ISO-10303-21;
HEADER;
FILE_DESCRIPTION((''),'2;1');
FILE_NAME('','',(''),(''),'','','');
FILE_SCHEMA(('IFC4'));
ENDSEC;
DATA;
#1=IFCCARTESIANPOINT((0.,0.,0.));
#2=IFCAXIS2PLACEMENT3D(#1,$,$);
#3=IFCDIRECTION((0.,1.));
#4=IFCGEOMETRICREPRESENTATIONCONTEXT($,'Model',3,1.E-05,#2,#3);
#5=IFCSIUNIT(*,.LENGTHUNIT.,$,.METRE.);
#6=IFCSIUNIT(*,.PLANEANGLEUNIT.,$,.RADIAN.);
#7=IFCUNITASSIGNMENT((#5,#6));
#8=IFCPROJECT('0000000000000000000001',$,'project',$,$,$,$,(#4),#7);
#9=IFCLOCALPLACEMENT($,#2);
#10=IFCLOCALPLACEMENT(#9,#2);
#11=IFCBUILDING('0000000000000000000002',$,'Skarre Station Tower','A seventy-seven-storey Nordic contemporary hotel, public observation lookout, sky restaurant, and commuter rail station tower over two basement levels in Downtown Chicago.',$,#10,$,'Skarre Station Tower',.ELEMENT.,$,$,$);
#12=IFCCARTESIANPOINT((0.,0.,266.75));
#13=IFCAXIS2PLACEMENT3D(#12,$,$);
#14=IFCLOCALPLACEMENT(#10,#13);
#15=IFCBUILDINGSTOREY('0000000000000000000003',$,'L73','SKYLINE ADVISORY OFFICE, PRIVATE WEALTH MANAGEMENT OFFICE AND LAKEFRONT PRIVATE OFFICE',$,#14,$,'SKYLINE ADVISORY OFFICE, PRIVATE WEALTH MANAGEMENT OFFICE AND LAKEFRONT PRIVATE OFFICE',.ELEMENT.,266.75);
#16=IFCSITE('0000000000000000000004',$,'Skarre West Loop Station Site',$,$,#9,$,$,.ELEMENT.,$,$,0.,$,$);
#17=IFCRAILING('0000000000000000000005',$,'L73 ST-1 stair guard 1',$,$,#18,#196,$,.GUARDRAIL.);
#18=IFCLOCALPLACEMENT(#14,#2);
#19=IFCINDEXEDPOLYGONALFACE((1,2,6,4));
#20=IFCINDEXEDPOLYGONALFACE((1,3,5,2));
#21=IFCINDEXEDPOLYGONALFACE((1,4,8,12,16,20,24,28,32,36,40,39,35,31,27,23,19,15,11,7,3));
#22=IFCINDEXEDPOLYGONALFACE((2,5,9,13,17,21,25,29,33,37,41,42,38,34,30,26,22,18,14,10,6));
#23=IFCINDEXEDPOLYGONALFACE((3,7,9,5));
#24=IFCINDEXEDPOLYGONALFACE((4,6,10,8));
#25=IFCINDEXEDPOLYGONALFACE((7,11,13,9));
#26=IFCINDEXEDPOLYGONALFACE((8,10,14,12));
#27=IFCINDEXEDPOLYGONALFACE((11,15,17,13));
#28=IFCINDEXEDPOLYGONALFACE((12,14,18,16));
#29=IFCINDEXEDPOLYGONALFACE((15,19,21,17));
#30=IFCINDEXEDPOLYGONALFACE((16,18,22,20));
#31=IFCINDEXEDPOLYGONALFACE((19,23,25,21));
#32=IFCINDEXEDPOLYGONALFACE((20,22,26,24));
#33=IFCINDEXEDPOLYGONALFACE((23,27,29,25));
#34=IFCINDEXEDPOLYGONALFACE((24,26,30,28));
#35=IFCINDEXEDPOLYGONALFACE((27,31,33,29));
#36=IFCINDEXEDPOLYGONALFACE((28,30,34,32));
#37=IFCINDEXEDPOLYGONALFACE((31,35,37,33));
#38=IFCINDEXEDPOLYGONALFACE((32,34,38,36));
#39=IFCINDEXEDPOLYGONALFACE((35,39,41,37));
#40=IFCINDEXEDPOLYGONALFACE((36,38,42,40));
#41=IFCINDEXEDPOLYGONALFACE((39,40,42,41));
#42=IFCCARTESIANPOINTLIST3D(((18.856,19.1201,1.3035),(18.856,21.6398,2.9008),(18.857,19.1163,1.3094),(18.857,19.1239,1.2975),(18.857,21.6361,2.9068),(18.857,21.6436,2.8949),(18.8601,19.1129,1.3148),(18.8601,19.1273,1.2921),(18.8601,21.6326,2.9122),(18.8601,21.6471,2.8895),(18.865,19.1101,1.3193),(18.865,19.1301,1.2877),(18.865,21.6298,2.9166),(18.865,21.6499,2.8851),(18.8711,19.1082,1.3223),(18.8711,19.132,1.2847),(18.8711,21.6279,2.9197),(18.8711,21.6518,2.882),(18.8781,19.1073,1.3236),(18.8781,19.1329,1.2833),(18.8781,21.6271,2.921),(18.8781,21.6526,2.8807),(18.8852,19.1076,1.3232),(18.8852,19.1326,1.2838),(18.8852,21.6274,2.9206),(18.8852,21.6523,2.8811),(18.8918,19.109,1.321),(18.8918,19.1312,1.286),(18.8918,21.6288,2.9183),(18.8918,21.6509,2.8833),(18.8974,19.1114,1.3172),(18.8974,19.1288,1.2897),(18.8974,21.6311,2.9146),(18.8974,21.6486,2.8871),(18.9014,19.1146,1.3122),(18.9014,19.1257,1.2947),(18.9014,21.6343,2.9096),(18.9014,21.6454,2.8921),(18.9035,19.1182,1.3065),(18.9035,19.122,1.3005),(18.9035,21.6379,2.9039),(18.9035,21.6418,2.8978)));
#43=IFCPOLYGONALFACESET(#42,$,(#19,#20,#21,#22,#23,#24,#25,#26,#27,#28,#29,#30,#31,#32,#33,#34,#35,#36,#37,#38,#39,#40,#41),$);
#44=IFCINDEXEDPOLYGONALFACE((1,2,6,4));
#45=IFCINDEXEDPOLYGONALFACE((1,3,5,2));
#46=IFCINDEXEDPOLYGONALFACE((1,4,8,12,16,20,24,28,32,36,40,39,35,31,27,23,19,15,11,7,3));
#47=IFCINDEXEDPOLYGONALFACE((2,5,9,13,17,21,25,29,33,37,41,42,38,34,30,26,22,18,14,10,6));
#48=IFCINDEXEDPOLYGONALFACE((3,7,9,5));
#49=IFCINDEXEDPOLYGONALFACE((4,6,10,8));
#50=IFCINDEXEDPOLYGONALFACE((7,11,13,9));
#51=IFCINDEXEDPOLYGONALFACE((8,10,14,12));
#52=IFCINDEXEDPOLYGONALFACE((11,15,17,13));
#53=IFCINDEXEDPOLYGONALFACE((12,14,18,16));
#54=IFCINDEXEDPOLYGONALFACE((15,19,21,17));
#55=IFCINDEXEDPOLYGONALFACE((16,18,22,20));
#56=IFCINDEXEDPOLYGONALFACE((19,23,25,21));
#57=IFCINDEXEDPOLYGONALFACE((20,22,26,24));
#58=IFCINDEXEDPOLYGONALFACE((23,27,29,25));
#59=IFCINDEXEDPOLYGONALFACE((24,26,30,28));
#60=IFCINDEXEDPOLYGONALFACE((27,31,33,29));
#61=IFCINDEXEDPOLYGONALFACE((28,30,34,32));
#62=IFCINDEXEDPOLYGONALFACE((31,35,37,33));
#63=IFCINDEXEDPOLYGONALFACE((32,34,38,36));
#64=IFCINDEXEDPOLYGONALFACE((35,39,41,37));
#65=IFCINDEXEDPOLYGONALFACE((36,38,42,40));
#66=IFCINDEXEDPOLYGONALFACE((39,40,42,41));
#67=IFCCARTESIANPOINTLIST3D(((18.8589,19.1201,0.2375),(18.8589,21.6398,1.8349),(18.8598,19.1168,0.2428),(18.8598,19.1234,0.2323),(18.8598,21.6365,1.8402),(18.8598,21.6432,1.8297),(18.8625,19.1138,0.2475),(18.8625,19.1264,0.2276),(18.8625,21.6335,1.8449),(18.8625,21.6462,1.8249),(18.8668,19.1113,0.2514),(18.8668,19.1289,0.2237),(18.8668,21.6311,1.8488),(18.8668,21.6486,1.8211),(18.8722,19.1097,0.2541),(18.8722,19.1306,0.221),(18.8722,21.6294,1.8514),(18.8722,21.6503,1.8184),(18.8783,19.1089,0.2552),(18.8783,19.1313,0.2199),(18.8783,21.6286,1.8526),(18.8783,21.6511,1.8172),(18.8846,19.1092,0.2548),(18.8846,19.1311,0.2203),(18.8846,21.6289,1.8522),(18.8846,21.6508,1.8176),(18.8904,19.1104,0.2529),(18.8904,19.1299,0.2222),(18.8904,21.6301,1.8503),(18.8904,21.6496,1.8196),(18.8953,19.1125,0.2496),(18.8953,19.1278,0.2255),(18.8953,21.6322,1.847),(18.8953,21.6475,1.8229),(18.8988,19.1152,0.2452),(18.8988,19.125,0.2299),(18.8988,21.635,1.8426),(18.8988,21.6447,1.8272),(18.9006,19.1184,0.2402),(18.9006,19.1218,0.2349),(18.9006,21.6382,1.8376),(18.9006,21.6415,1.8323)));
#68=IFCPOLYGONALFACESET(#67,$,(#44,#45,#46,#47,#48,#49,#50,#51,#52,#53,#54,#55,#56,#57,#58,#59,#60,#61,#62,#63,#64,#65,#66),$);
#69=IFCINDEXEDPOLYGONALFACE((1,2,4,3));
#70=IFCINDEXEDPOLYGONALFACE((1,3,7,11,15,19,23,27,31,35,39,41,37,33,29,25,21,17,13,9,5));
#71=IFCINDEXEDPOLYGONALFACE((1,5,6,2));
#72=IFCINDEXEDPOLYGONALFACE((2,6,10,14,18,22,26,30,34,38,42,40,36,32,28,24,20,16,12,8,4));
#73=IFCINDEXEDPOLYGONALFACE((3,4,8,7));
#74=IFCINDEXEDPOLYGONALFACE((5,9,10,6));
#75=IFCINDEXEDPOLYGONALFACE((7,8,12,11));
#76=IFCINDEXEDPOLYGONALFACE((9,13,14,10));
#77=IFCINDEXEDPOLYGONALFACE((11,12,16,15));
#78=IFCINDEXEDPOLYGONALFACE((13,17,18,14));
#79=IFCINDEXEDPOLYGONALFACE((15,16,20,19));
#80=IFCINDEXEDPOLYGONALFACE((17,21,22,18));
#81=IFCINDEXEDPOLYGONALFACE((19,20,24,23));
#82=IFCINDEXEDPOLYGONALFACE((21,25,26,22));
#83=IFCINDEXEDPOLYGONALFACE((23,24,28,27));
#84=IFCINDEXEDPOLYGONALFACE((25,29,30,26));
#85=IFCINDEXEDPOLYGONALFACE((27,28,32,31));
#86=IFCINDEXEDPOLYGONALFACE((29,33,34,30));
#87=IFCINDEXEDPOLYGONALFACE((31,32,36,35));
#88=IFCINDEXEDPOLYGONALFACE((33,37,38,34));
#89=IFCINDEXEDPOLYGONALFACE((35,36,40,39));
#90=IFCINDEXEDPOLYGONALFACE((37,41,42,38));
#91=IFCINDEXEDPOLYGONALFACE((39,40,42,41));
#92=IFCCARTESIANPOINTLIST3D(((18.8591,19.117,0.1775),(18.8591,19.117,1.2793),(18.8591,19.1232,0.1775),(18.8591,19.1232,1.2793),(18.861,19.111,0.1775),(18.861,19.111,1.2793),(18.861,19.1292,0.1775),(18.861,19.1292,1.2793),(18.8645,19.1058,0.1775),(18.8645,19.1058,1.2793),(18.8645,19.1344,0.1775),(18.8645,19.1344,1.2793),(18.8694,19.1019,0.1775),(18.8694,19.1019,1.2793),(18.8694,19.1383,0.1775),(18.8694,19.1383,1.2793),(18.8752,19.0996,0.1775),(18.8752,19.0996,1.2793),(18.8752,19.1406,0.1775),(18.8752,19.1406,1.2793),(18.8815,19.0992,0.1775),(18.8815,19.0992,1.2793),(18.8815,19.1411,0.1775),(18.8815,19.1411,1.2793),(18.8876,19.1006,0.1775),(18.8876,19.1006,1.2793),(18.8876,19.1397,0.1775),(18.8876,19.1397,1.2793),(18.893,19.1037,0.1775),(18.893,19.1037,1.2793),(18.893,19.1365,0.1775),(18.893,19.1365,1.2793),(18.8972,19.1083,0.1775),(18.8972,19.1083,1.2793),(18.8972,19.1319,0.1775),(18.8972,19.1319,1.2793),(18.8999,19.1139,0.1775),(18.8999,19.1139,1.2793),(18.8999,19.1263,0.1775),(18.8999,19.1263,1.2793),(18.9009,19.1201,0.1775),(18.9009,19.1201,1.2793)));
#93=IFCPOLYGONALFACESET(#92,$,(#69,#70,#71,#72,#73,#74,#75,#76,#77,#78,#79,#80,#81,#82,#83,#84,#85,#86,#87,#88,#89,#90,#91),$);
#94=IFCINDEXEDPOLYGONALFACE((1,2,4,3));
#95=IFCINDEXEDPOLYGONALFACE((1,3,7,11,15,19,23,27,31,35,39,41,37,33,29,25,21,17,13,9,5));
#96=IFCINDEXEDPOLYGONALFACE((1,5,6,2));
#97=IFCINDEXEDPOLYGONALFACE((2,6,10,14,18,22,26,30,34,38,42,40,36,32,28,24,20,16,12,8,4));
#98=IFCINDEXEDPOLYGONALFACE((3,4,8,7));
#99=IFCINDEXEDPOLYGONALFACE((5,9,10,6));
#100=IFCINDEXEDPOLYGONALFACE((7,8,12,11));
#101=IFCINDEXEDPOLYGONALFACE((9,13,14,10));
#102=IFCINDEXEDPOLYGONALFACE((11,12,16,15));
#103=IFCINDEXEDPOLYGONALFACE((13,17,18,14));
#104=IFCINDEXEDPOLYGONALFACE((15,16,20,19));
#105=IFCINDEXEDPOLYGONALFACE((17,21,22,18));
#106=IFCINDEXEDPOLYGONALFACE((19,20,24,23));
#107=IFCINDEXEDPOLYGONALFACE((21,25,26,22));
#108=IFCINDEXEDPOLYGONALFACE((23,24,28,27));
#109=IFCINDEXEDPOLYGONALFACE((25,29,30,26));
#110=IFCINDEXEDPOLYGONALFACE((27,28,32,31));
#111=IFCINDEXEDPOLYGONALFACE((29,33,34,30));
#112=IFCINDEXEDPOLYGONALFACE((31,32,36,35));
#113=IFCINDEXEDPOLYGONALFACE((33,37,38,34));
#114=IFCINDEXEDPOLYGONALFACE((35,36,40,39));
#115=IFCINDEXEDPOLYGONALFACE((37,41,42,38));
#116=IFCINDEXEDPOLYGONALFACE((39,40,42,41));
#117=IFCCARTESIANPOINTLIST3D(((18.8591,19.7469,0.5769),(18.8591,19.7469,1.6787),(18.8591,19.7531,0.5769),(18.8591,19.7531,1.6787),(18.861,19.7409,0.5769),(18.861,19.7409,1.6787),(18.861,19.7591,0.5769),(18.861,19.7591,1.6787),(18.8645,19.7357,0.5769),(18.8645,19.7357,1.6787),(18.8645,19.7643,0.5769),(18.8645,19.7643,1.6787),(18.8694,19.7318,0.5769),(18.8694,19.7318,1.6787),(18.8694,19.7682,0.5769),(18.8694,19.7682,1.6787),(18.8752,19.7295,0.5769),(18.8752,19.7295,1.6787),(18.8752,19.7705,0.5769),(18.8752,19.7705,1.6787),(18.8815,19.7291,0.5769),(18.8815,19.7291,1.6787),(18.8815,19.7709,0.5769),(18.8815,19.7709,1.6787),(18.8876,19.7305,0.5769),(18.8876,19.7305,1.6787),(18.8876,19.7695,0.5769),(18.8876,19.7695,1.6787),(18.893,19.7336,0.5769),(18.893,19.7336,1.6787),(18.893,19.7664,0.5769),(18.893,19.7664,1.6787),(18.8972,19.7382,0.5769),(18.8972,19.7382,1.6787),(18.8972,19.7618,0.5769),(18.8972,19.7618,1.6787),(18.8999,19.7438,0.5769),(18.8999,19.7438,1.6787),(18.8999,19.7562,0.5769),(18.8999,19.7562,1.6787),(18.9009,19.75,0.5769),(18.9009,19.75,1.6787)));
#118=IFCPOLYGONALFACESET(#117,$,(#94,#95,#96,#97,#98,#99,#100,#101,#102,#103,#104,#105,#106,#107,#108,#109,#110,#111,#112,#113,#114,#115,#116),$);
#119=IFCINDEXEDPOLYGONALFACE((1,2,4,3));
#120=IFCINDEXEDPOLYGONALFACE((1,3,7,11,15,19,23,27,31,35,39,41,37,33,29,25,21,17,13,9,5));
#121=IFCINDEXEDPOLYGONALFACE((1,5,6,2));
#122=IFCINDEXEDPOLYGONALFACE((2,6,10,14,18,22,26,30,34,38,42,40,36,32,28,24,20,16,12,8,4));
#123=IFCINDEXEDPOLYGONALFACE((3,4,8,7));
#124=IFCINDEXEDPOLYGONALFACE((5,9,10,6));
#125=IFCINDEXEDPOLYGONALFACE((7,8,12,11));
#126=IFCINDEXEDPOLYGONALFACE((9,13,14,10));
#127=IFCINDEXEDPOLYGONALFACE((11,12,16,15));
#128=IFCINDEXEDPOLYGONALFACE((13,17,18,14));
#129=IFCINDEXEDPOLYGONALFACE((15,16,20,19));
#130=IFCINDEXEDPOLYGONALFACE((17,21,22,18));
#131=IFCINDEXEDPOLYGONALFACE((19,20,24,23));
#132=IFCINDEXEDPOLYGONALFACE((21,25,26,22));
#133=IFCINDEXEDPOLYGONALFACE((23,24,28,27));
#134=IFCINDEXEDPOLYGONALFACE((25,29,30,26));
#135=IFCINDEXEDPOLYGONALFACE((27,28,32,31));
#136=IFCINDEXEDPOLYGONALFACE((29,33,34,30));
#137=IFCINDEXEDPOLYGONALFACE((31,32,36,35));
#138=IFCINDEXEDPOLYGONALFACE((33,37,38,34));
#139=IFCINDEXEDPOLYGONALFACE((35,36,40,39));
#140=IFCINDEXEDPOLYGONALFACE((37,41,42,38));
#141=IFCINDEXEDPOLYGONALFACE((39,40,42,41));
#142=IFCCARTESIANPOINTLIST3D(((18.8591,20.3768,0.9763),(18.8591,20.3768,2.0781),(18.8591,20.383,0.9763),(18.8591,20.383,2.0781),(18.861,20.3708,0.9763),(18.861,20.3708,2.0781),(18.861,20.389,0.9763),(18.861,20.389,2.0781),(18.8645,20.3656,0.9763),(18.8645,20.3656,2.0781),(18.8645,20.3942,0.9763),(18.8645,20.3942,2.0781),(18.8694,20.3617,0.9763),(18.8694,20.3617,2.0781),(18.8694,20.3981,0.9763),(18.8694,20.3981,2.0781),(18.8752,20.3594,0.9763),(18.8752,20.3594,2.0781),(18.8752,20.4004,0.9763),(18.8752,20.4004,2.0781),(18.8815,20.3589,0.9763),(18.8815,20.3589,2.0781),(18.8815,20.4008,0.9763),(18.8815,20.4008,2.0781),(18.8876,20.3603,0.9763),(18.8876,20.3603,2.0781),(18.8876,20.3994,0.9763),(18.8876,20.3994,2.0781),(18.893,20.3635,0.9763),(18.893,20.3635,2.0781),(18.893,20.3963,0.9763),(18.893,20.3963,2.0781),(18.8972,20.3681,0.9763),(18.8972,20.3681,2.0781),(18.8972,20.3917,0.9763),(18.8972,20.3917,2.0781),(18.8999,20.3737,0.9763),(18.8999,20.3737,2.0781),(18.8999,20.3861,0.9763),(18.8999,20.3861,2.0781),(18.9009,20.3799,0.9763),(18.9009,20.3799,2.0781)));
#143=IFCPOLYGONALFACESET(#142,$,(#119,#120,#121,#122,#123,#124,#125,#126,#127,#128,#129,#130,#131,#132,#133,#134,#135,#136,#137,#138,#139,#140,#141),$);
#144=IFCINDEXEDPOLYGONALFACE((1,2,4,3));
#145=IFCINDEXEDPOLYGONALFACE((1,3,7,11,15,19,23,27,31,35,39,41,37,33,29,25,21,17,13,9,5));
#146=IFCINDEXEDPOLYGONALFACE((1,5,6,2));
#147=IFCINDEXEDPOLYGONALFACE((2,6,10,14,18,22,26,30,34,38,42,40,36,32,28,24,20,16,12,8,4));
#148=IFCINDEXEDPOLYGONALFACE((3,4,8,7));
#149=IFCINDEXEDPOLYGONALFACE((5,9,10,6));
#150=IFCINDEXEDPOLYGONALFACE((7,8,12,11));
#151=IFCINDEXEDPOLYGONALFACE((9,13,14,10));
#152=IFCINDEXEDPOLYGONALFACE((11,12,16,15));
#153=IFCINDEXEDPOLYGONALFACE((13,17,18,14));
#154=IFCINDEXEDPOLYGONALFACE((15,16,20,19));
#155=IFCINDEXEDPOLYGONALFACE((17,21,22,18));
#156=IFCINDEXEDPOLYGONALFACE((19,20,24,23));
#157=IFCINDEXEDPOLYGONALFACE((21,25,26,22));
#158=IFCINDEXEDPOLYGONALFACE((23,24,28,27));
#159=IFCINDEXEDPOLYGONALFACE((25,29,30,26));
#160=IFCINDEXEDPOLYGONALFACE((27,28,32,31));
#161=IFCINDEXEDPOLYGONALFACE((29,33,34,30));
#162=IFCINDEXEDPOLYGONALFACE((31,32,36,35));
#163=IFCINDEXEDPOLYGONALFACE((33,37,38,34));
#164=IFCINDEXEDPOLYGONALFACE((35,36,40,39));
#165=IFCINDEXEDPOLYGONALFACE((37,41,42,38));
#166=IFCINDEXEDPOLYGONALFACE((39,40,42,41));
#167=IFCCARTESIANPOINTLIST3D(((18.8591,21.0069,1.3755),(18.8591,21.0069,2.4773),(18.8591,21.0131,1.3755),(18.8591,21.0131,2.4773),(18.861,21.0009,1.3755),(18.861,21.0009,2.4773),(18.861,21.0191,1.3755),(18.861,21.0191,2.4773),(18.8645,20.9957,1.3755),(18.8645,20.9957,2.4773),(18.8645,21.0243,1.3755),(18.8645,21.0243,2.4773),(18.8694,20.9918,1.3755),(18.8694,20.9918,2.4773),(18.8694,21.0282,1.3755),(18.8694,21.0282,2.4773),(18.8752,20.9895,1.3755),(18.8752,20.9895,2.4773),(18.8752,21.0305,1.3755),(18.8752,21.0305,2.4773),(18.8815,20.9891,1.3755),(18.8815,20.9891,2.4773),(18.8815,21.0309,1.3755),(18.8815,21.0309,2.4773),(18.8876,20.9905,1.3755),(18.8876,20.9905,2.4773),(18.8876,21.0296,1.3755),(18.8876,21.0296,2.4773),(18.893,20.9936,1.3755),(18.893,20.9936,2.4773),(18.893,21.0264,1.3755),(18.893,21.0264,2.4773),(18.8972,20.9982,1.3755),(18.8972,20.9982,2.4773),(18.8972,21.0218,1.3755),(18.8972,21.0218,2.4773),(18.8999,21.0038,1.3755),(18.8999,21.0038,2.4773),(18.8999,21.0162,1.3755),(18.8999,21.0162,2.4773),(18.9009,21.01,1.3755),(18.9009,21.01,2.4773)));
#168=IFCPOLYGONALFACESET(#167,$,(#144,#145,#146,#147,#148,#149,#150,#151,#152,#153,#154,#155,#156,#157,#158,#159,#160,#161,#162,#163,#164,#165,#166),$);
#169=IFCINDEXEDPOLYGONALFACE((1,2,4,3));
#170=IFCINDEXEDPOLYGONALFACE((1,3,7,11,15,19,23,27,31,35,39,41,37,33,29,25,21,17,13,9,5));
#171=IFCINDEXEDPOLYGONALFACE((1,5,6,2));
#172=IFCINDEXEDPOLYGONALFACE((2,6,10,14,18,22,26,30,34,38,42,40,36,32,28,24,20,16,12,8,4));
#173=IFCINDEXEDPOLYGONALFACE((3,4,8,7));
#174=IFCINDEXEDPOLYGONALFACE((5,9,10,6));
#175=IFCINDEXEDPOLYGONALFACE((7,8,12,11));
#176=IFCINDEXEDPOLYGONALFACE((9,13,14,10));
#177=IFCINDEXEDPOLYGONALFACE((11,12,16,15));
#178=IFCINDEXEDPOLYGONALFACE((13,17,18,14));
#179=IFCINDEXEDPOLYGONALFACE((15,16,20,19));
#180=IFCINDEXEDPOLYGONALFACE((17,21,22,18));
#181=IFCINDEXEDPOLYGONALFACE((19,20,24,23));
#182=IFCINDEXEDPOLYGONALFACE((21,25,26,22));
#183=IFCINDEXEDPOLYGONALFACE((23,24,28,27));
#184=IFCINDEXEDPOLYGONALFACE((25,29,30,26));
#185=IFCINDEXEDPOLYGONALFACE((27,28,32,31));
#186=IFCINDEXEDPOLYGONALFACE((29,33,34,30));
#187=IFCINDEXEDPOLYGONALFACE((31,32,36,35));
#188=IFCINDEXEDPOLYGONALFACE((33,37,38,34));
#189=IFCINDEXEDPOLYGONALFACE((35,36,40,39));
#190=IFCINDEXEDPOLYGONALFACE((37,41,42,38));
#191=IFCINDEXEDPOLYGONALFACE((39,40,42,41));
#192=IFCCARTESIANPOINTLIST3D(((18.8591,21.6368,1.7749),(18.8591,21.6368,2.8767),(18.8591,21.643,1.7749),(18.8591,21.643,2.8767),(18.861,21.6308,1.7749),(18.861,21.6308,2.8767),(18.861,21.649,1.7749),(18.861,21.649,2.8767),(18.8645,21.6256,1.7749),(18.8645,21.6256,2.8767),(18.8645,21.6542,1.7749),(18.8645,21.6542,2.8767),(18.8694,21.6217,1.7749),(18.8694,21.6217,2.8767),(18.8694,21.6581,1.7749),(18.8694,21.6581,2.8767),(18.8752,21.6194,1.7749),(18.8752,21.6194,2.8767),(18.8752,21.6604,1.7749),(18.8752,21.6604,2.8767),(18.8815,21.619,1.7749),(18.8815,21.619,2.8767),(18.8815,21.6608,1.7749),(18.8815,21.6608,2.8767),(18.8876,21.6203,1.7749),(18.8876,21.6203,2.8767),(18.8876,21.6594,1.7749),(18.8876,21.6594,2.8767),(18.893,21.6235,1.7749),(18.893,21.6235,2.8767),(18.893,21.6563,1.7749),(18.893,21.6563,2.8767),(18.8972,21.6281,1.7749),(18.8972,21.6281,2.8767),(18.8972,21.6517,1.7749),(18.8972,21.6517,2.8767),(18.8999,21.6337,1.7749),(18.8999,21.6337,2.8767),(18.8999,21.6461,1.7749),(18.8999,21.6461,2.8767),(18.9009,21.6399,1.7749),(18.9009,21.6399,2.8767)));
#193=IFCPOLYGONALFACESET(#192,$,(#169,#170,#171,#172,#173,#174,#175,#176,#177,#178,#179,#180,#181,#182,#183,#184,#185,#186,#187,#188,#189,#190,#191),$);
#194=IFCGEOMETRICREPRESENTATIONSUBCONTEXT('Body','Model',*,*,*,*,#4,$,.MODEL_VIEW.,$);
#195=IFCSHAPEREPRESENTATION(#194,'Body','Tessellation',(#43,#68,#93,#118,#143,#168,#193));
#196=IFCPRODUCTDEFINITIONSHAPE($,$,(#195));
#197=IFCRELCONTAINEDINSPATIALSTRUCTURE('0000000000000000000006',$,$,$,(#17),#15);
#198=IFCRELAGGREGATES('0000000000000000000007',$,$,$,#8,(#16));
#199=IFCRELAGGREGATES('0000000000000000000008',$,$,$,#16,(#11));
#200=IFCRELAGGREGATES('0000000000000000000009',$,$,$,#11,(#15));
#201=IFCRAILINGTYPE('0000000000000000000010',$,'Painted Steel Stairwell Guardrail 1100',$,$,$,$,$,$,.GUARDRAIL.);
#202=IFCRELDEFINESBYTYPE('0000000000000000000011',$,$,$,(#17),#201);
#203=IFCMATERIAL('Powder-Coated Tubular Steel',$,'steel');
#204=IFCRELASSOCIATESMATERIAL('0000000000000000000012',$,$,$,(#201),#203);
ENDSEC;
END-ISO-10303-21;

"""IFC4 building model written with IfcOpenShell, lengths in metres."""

from ifc_helpers import new_model, si_unit, direction, frame, origin, origin_2d, place, context, subcontext, project, spatial, circle, extrude, material, type_object, element, save


model = new_model("IFC4")

# Units and contexts
model_context = context("Model", 3, precision=1e-05, world=origin(), true_north=direction((0.0, 1.0)))
body_context = subcontext(model_context, "Body", "Model", "MODEL_VIEW")
ifc_project = project(units=[si_unit("LENGTHUNIT", "METRE"), si_unit("PLANEANGLEUNIT", "RADIAN")], contexts=[model_context])

# Site, building, storey
site_placement = place(None, origin())
site = spatial("IfcSite", under=ifc_project, at=site_placement, Name="Skarre West Loop Station Site", CompositionType="ELEMENT", RefElevation=0.0)
building_placement = place(site_placement, origin())
building = spatial("IfcBuilding", under=site, at=building_placement, Name="Skarre Station Tower", Description="A seventy-seven-storey Nordic contemporary hotel, public observation lookout, sky restaurant, and commuter rail station tower over two basement levels in Downtown Chicago.", LongName="Skarre Station Tower", CompositionType="ELEMENT")
storey_placement = place(building_placement, frame((0.0, 0.0, 266.75)))
storey = spatial("IfcBuildingStorey", under=building, at=storey_placement, Name="L73", Description="SKYLINE ADVISORY OFFICE, PRIVATE WEALTH MANAGEMENT OFFICE AND LAKEFRONT PRIVATE OFFICE", LongName="SKYLINE ADVISORY OFFICE, PRIVATE WEALTH MANAGEMENT OFFICE AND LAKEFRONT PRIVATE OFFICE", CompositionType="ELEMENT", Elevation=266.75)

# Railing
ifc_material_1 = material(Name="Powder-Coated Tubular Steel", Category="steel")
railing_type_1 = type_object("IfcRailingType", Name="Painted Steel Stairwell Guardrail 1100", PredefinedType="GUARDRAIL", material=ifc_material_1)
railing_1_placement = place(storey_placement, frame((18.8799, 19.1201, 0.1775)))
element("IfcRailing", 1, at=railing_1_placement, inside=storey, type_object=railing_type_1, Name="L73 ST-1 stair guard 1", PredefinedType="GUARDRAIL", context=body_context, shape_type="SweptSolid", body=[
    extrude(circle(Radius=0.0239, at=origin_2d()), frame((0.0, 0.0, 1.126), z_axis=(0.0, 0.844583, 0.535424), x_axis=(-1.0, 0.0, 0.0)), (0.0, 0.0, 1.0), 2.9834),
    extrude(circle(Radius=0.021, at=origin_2d()), frame((0.0, 0.0, 0.0601), z_axis=(0.0, 0.844583, 0.535424), x_axis=(-1.0, 0.0, 0.0)), (0.0, 0.0, 1.0), 2.9834),
    extrude(circle(Radius=0.021, at=origin_2d()), origin(), (0.0, 0.0, 1.0), 1.1018),
    extrude(circle(Radius=0.021, at=origin_2d()), frame((0.0, 0.6299, 0.3994)), (0.0, 0.0, 1.0), 1.1018),
    extrude(circle(Radius=0.021, at=origin_2d()), frame((0.0, 1.2598, 0.7988)), (0.0, 0.0, 1.0), 1.1018),
    extrude(circle(Radius=0.021, at=origin_2d()), frame((0.0, 1.8899, 1.198)), (0.0, 0.0, 1.0), 1.1018),
    extrude(circle(Radius=0.021, at=origin_2d()), frame((0.0, 2.5198, 1.5974)), (0.0, 0.0, 1.0), 1.1018),
])

save(model, "model.ifc")
